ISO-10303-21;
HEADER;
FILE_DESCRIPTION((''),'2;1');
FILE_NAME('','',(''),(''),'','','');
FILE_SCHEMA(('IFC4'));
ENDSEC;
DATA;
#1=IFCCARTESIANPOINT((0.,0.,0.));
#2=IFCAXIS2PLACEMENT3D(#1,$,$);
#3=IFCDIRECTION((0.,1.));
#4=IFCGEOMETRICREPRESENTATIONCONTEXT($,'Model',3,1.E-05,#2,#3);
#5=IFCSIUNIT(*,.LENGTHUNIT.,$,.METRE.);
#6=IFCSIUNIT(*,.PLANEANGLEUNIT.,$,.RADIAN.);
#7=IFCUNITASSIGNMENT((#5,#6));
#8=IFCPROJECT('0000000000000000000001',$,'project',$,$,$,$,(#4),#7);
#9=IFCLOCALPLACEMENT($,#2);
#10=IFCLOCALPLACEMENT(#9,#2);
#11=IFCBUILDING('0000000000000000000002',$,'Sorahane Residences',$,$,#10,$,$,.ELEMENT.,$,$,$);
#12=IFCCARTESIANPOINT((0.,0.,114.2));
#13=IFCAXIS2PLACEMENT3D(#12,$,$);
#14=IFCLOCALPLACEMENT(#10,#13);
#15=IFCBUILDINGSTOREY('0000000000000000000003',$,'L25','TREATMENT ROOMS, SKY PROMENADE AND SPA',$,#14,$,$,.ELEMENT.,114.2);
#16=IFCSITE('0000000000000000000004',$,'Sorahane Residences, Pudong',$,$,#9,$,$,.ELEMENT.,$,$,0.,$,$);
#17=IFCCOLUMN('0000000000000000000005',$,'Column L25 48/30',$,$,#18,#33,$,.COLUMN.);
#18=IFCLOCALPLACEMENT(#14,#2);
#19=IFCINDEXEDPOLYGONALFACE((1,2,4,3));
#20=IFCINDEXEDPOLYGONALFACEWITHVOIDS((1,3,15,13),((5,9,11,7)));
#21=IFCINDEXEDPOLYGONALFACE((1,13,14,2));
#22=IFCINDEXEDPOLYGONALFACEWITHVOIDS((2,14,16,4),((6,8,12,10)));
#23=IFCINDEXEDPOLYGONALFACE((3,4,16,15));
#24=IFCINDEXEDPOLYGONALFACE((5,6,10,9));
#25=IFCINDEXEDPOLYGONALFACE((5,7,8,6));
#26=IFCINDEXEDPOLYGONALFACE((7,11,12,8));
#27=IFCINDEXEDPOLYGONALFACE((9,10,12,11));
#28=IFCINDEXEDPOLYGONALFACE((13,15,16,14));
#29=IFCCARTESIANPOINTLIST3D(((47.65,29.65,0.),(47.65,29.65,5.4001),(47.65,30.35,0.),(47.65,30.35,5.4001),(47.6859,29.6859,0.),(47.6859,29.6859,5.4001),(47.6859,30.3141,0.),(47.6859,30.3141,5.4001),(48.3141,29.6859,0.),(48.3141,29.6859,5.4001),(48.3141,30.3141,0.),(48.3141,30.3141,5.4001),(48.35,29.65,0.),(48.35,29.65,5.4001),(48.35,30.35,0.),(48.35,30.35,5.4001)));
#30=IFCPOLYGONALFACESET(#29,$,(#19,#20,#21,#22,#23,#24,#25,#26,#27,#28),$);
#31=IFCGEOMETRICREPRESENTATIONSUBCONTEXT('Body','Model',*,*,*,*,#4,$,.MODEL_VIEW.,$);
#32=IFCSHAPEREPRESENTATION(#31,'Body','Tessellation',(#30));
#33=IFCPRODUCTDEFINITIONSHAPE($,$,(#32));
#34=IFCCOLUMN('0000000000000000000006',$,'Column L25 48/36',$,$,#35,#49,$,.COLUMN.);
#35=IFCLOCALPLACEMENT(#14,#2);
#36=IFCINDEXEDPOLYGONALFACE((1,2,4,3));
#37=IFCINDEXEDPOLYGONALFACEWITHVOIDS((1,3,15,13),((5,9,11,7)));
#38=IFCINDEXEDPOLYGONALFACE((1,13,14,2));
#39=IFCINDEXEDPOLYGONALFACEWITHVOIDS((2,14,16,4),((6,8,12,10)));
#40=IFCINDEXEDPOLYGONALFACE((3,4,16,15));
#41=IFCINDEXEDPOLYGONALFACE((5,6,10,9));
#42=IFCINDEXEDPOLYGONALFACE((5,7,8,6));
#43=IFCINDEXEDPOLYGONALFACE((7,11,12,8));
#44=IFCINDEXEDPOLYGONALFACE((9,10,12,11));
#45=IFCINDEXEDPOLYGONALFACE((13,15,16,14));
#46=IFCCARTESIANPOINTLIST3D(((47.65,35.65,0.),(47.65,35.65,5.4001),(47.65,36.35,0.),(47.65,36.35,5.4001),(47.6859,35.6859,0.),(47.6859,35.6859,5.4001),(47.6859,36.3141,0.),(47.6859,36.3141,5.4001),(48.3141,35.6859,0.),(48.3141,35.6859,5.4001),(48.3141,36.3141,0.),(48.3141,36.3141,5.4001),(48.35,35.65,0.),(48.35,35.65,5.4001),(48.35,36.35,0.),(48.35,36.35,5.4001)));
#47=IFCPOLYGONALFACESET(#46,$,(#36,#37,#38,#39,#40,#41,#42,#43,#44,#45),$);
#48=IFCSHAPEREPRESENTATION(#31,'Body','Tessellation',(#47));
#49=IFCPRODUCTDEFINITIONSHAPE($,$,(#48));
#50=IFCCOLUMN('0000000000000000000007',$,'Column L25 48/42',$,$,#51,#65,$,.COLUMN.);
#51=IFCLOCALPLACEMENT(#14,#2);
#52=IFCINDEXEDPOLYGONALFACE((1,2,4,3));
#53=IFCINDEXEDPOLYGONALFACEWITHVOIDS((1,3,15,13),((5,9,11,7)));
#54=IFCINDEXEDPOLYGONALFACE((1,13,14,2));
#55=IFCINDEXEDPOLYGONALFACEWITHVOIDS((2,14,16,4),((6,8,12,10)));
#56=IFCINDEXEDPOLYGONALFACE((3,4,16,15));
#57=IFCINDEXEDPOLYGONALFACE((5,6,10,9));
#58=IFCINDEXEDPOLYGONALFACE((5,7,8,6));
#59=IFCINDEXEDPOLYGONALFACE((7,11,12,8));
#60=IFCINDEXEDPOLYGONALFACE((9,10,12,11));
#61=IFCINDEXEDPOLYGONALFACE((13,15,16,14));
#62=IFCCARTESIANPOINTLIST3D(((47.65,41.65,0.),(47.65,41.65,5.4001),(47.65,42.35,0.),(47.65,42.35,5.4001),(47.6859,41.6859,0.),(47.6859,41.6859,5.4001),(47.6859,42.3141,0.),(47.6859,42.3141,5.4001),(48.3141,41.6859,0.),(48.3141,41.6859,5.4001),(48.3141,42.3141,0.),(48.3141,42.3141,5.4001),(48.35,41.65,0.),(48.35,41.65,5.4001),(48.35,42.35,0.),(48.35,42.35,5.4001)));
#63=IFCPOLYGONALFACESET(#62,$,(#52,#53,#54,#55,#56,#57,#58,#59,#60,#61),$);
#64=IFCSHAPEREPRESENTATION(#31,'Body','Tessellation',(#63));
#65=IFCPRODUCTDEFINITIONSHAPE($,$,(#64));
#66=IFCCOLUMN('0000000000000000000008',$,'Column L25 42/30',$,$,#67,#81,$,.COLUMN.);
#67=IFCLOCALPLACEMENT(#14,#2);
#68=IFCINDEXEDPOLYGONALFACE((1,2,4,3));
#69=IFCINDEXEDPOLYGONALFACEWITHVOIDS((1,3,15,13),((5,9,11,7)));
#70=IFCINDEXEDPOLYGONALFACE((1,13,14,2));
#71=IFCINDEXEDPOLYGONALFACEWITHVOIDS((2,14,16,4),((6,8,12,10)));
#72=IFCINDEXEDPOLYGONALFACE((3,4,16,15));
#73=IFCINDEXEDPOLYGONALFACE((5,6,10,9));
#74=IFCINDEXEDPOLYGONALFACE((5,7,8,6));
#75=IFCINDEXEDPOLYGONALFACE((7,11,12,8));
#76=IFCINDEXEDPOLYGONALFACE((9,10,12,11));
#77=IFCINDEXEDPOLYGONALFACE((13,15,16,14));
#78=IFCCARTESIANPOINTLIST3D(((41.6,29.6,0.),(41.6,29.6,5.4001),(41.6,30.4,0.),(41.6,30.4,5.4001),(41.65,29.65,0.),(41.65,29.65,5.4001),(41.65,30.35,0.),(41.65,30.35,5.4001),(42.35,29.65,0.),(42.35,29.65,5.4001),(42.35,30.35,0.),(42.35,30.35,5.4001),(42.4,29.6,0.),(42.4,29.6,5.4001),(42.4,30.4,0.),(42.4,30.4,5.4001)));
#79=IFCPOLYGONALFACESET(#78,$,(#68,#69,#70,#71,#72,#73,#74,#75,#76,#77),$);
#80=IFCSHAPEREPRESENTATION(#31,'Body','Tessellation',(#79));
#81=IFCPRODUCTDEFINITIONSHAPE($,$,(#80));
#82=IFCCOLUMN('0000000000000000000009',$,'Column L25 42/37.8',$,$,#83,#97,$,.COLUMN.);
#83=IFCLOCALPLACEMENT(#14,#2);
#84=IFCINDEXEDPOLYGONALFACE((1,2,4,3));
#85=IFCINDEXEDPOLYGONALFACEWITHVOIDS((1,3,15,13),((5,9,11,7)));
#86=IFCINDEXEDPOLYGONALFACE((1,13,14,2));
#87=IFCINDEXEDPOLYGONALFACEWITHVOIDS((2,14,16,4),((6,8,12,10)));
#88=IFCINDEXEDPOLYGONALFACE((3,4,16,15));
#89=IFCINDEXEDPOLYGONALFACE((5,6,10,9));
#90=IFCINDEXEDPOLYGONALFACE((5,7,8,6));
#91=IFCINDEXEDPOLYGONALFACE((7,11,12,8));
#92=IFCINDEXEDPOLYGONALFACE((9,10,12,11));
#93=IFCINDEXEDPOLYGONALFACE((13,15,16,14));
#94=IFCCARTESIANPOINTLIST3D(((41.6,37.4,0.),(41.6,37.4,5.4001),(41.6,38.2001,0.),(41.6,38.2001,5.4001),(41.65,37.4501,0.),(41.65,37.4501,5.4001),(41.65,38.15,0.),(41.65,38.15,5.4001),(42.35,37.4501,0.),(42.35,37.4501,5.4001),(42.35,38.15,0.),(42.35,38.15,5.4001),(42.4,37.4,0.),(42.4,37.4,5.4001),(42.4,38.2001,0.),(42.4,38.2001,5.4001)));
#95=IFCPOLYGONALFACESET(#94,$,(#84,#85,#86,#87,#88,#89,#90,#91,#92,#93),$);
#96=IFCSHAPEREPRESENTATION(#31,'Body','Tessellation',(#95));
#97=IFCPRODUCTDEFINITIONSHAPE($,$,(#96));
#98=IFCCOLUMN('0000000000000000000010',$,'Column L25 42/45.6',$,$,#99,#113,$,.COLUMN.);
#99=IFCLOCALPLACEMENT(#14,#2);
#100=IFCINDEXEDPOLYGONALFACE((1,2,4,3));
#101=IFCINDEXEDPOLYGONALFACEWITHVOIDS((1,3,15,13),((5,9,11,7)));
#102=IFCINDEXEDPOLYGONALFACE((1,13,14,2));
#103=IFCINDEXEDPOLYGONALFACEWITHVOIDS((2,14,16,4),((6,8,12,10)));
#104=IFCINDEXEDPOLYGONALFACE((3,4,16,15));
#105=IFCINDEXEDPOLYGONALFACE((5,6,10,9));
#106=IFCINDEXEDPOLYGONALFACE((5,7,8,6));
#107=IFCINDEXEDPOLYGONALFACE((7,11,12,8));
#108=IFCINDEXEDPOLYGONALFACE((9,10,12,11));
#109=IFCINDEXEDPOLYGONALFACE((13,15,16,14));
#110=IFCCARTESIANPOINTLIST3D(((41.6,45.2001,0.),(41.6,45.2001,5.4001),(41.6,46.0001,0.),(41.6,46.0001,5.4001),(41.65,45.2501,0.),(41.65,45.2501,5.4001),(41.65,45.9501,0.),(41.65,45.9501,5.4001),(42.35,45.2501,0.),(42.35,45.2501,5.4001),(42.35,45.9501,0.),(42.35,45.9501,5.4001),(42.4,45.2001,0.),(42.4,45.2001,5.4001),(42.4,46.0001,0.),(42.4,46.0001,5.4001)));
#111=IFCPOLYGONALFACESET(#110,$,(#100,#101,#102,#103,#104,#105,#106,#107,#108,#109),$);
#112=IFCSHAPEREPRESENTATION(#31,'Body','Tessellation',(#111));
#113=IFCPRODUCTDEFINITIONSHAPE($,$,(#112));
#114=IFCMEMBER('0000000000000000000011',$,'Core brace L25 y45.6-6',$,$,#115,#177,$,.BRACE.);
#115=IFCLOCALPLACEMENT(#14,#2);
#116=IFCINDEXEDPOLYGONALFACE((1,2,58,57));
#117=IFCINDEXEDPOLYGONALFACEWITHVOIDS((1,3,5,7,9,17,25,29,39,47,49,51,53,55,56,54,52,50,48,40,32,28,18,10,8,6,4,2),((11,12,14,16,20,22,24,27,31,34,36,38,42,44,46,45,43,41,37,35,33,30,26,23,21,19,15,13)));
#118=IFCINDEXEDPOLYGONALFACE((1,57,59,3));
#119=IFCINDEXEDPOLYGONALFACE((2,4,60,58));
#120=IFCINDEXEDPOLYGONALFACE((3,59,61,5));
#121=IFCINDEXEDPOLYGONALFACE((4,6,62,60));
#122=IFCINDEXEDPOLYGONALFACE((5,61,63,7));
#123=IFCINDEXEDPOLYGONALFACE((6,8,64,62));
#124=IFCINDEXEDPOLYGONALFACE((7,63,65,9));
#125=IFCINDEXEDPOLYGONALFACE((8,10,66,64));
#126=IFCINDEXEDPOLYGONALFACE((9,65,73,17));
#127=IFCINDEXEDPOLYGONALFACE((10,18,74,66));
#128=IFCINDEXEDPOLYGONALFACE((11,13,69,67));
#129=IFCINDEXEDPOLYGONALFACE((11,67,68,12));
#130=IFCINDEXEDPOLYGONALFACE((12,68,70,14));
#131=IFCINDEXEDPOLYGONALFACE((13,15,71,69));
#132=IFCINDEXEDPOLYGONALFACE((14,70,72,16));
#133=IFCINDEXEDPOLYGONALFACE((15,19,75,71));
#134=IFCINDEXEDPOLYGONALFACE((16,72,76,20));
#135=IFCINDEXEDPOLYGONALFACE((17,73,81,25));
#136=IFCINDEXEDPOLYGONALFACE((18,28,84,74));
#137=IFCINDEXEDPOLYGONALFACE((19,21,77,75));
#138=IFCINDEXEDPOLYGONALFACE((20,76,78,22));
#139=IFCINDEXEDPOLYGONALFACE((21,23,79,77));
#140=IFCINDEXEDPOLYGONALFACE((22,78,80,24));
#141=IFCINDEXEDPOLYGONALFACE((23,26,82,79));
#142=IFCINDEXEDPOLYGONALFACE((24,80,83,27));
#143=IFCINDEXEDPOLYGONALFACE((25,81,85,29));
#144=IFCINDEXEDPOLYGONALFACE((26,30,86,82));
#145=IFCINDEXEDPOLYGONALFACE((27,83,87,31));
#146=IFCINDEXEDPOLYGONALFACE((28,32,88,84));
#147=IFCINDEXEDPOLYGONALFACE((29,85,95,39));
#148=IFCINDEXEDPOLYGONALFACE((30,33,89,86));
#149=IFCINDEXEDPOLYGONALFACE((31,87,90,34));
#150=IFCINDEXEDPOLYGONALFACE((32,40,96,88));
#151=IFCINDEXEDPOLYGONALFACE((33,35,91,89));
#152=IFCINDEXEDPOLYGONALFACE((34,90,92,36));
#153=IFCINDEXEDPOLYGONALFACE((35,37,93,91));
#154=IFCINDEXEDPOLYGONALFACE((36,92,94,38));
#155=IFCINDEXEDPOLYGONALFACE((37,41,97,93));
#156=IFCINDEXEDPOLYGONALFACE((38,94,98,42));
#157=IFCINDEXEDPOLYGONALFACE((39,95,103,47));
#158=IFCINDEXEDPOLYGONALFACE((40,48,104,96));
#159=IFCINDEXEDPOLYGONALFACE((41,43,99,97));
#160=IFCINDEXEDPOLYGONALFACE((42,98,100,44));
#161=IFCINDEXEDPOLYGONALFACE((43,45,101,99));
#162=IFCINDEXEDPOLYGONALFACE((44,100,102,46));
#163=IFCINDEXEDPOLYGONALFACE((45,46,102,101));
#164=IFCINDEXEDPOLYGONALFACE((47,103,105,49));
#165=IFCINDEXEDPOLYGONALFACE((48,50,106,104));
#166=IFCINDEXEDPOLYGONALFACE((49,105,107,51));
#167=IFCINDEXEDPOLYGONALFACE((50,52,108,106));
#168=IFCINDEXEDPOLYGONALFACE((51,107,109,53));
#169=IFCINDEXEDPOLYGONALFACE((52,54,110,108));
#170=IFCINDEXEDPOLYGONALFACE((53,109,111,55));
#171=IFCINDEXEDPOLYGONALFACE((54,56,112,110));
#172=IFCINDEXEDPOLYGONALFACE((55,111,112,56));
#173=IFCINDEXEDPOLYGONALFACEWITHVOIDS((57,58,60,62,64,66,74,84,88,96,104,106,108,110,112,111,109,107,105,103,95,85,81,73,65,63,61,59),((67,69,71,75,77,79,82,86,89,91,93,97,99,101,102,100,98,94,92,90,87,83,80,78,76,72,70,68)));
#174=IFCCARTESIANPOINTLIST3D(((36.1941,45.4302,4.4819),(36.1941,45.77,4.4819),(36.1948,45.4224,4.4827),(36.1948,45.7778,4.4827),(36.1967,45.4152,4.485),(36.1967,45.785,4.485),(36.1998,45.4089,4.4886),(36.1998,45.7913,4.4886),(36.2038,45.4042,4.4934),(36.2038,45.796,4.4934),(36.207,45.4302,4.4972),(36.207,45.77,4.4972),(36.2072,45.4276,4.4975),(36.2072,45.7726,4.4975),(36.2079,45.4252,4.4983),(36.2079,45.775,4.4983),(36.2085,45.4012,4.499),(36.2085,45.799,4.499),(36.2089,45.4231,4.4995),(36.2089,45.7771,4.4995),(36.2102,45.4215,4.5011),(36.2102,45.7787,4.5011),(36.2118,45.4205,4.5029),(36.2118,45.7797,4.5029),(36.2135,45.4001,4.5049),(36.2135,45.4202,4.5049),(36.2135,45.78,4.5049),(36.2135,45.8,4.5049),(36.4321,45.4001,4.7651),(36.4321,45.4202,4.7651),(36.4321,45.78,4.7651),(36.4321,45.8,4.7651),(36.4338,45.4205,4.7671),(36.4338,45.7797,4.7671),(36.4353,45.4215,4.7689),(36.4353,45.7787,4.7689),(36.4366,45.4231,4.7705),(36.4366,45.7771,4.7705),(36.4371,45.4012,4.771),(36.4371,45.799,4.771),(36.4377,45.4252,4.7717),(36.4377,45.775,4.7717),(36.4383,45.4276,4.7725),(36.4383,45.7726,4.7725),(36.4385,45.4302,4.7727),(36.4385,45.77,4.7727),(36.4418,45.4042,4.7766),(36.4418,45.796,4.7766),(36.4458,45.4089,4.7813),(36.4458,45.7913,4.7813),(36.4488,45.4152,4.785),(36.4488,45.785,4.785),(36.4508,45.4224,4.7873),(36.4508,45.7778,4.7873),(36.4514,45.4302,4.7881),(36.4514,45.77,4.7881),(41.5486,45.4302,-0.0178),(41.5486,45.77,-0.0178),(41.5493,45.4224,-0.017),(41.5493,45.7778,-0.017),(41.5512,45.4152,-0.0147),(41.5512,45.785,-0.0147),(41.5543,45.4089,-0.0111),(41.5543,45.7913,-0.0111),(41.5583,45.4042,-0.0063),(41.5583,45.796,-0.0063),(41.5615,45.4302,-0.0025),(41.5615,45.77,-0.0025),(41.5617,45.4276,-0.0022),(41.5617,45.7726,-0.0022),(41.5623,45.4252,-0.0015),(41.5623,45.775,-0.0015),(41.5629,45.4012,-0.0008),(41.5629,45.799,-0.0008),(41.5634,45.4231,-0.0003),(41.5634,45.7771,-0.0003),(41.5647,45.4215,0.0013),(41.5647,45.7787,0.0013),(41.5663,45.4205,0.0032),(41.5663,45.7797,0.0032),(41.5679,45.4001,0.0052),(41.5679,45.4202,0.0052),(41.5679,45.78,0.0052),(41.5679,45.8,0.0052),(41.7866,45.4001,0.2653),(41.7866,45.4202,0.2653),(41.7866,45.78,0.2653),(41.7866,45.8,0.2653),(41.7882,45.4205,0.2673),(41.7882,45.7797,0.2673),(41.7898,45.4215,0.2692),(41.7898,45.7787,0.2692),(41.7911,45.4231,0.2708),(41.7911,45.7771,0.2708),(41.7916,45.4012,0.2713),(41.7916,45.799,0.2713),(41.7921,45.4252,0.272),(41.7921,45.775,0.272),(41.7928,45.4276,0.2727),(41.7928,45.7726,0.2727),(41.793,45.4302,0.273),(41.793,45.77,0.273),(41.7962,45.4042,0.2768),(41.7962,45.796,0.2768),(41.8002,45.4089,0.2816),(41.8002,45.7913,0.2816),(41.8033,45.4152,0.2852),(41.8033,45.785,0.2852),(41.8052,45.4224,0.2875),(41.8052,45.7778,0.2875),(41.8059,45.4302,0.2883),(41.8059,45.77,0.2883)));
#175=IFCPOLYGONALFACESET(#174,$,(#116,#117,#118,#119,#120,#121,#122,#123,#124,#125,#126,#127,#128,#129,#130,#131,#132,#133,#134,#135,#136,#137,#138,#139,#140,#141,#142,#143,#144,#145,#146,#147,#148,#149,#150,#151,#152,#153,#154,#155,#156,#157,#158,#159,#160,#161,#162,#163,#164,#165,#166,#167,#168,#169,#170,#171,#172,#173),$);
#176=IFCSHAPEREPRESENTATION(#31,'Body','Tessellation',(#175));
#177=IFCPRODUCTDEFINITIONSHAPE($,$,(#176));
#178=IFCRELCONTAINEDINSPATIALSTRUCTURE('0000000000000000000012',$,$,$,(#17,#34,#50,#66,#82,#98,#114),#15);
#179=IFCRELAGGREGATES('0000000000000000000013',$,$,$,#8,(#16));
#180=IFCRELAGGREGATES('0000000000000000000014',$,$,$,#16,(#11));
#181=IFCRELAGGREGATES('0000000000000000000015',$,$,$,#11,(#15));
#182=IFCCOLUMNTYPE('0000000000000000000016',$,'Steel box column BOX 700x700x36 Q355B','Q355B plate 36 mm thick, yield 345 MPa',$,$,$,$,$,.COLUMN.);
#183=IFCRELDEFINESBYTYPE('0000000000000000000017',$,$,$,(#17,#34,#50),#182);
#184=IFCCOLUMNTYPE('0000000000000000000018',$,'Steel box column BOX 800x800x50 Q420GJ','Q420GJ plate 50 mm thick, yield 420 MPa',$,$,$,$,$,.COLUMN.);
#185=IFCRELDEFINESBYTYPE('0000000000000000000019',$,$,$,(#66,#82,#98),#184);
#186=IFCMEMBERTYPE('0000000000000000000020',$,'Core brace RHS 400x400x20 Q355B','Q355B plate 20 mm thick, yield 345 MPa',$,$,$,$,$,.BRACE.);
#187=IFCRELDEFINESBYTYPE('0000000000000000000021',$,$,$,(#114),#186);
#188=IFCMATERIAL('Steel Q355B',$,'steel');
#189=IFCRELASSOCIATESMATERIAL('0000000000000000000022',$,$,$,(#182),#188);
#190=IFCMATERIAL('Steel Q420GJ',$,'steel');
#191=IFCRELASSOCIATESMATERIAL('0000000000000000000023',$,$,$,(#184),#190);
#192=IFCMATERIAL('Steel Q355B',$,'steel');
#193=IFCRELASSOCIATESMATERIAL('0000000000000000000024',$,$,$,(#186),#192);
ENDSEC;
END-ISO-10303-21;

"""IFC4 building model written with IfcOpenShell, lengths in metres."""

from ifc_helpers import new_model, si_unit, direction, frame, origin, origin_2d, place, context, subcontext, project, spatial, hollow_rectangle, extrude, material, material_profile, profile_set, type_object, element, save


model = new_model("IFC4")

# Units and contexts
model_context = context("Model", 3, precision=1e-05, world=origin(), true_north=direction((0.0, 1.0)))
body_context = subcontext(model_context, "Body", "Model", "MODEL_VIEW")
ifc_project = project(units=[si_unit("LENGTHUNIT", "METRE"), si_unit("PLANEANGLEUNIT", "RADIAN")], contexts=[model_context])

# Site, building, storey
site_placement = place(None, origin())
site = spatial("IfcSite", under=ifc_project, at=site_placement, Name="Sorahane Residences, Pudong", CompositionType="ELEMENT", RefElevation=0.0)
building_placement = place(site_placement, origin())
building = spatial("IfcBuilding", under=site, at=building_placement, Name="Sorahane Residences", CompositionType="ELEMENT")
storey_placement = place(building_placement, frame((0.0, 0.0, 114.2)))
storey = spatial("IfcBuildingStorey", under=building, at=storey_placement, Name="L25", Description="TREATMENT ROOMS, SKY PROMENADE AND SPA", CompositionType="ELEMENT", Elevation=114.2)

# Columns
ifc_material_1 = material(Name="Steel Q355B", Category="steel")
ifc_material_profile_1 = material_profile(ifc_material_1, hollow_rectangle(XDim=0.7, YDim=0.7, WallThickness=0.0359, at=origin_2d()), Name="BOX 700x700x36")
ifc_profile_set_1 = profile_set([ifc_material_profile_1], Name="Steel Q355B")
column_type_1 = type_object("IfcColumnType", Name="Steel box column BOX 700x700x36 Q355B", Description="Q355B plate 36 mm thick, yield 345 MPa", PredefinedType="COLUMN", material=ifc_profile_set_1)
for number, where, z_axis, x_axis, name in (
    (1, (48.0, 30.0, 0.0), (0.0, 0.0, 1.0), (1.0, 0.0, 0.0), "Column L25 48/30"),
    (2, (48.0, 36.0, 0.0), (0.0, 0.0, 1.0), (1.0, 0.0, 0.0), "Column L25 48/36"),
    (3, (48.0, 42.0, 0.0), (0.0, 0.0, 1.0), (1.0, 0.0, 0.0), "Column L25 48/42"),
):
    element("IfcColumn", number, at=place(storey_placement, frame(where, z_axis=z_axis, x_axis=x_axis)), inside=storey, type_object=column_type_1, Name=name, PredefinedType="COLUMN", context=body_context, shape_type="SweptSolid", body=[
        extrude(hollow_rectangle(XDim=0.7, YDim=0.7, WallThickness=0.0359, at=origin_2d()), origin(), (0.0, 0.0, 1.0), 5.4001),
    ])
ifc_material_2 = material(Name="Steel Q420GJ", Category="steel")
ifc_material_profile_2 = material_profile(ifc_material_2, hollow_rectangle(XDim=0.8, YDim=0.8, WallThickness=0.05, at=origin_2d()), Name="BOX 800x800x50")
ifc_profile_set_2 = profile_set([ifc_material_profile_2], Name="Steel Q420GJ")
column_type_2 = type_object("IfcColumnType", Name="Steel box column BOX 800x800x50 Q420GJ", Description="Q420GJ plate 50 mm thick, yield 420 MPa", PredefinedType="COLUMN", material=ifc_profile_set_2)
for number, where, z_axis, x_axis, name in (
    (4, (42.0, 30.0, 0.0), (0.0, 0.0, 1.0), (1.0, 0.0, 0.0), "Column L25 42/30"),
    (5, (42.0, 37.8, 0.0), (0.0, 0.0, 1.0), (1.0, 0.0, 0.0), "Column L25 42/37.8"),
    (6, (42.0, 45.6001, 0.0), (0.0, 0.0, 1.0), (1.0, 0.0, 0.0), "Column L25 42/45.6"),
):
    element("IfcColumn", number, at=place(storey_placement, frame(where, z_axis=z_axis, x_axis=x_axis)), inside=storey, type_object=column_type_2, Name=name, PredefinedType="COLUMN", context=body_context, shape_type="SweptSolid", body=[
        extrude(hollow_rectangle(XDim=0.8, YDim=0.8, WallThickness=0.05, at=origin_2d()), origin(), (0.0, 0.0, 1.0), 5.4001),
    ])

# Member
ifc_material_3 = material(Name="Steel Q355B", Category="steel")
ifc_material_profile_3 = material_profile(ifc_material_3, hollow_rectangle(XDim=0.3999, YDim=0.3999, WallThickness=0.02, InnerFilletRadius=0.01, OuterFilletRadius=0.03, at=origin_2d()), Name="RHS 400x400x20")
ifc_profile_set_3 = profile_set([ifc_material_profile_3], Name="Steel Q355B")
member_type_1 = type_object("IfcMemberType", Name="Core brace RHS 400x400x20 Q355B", Description="Q355B plate 20 mm thick, yield 345 MPa", PredefinedType="BRACE", material=ifc_profile_set_3)
member_1_placement = place(storey_placement, frame((41.6772, 45.6001, 0.1353), z_axis=(-0.765565, 0.0, 0.643358), x_axis=(0.0, -1.0, 0.0)))
element("IfcMember", 7, at=member_1_placement, inside=storey, type_object=member_type_1, Name="Core brace L25 y45.6-6", PredefinedType="BRACE", context=body_context, shape_type="SweptSolid", body=[
    extrude(hollow_rectangle(XDim=0.3999, YDim=0.3999, WallThickness=0.02, InnerFilletRadius=0.01, OuterFilletRadius=0.03, at=origin_2d()), origin(), (0.0, 0.0, 1.0), 6.9941),
])

save(model, "model.ifc")
